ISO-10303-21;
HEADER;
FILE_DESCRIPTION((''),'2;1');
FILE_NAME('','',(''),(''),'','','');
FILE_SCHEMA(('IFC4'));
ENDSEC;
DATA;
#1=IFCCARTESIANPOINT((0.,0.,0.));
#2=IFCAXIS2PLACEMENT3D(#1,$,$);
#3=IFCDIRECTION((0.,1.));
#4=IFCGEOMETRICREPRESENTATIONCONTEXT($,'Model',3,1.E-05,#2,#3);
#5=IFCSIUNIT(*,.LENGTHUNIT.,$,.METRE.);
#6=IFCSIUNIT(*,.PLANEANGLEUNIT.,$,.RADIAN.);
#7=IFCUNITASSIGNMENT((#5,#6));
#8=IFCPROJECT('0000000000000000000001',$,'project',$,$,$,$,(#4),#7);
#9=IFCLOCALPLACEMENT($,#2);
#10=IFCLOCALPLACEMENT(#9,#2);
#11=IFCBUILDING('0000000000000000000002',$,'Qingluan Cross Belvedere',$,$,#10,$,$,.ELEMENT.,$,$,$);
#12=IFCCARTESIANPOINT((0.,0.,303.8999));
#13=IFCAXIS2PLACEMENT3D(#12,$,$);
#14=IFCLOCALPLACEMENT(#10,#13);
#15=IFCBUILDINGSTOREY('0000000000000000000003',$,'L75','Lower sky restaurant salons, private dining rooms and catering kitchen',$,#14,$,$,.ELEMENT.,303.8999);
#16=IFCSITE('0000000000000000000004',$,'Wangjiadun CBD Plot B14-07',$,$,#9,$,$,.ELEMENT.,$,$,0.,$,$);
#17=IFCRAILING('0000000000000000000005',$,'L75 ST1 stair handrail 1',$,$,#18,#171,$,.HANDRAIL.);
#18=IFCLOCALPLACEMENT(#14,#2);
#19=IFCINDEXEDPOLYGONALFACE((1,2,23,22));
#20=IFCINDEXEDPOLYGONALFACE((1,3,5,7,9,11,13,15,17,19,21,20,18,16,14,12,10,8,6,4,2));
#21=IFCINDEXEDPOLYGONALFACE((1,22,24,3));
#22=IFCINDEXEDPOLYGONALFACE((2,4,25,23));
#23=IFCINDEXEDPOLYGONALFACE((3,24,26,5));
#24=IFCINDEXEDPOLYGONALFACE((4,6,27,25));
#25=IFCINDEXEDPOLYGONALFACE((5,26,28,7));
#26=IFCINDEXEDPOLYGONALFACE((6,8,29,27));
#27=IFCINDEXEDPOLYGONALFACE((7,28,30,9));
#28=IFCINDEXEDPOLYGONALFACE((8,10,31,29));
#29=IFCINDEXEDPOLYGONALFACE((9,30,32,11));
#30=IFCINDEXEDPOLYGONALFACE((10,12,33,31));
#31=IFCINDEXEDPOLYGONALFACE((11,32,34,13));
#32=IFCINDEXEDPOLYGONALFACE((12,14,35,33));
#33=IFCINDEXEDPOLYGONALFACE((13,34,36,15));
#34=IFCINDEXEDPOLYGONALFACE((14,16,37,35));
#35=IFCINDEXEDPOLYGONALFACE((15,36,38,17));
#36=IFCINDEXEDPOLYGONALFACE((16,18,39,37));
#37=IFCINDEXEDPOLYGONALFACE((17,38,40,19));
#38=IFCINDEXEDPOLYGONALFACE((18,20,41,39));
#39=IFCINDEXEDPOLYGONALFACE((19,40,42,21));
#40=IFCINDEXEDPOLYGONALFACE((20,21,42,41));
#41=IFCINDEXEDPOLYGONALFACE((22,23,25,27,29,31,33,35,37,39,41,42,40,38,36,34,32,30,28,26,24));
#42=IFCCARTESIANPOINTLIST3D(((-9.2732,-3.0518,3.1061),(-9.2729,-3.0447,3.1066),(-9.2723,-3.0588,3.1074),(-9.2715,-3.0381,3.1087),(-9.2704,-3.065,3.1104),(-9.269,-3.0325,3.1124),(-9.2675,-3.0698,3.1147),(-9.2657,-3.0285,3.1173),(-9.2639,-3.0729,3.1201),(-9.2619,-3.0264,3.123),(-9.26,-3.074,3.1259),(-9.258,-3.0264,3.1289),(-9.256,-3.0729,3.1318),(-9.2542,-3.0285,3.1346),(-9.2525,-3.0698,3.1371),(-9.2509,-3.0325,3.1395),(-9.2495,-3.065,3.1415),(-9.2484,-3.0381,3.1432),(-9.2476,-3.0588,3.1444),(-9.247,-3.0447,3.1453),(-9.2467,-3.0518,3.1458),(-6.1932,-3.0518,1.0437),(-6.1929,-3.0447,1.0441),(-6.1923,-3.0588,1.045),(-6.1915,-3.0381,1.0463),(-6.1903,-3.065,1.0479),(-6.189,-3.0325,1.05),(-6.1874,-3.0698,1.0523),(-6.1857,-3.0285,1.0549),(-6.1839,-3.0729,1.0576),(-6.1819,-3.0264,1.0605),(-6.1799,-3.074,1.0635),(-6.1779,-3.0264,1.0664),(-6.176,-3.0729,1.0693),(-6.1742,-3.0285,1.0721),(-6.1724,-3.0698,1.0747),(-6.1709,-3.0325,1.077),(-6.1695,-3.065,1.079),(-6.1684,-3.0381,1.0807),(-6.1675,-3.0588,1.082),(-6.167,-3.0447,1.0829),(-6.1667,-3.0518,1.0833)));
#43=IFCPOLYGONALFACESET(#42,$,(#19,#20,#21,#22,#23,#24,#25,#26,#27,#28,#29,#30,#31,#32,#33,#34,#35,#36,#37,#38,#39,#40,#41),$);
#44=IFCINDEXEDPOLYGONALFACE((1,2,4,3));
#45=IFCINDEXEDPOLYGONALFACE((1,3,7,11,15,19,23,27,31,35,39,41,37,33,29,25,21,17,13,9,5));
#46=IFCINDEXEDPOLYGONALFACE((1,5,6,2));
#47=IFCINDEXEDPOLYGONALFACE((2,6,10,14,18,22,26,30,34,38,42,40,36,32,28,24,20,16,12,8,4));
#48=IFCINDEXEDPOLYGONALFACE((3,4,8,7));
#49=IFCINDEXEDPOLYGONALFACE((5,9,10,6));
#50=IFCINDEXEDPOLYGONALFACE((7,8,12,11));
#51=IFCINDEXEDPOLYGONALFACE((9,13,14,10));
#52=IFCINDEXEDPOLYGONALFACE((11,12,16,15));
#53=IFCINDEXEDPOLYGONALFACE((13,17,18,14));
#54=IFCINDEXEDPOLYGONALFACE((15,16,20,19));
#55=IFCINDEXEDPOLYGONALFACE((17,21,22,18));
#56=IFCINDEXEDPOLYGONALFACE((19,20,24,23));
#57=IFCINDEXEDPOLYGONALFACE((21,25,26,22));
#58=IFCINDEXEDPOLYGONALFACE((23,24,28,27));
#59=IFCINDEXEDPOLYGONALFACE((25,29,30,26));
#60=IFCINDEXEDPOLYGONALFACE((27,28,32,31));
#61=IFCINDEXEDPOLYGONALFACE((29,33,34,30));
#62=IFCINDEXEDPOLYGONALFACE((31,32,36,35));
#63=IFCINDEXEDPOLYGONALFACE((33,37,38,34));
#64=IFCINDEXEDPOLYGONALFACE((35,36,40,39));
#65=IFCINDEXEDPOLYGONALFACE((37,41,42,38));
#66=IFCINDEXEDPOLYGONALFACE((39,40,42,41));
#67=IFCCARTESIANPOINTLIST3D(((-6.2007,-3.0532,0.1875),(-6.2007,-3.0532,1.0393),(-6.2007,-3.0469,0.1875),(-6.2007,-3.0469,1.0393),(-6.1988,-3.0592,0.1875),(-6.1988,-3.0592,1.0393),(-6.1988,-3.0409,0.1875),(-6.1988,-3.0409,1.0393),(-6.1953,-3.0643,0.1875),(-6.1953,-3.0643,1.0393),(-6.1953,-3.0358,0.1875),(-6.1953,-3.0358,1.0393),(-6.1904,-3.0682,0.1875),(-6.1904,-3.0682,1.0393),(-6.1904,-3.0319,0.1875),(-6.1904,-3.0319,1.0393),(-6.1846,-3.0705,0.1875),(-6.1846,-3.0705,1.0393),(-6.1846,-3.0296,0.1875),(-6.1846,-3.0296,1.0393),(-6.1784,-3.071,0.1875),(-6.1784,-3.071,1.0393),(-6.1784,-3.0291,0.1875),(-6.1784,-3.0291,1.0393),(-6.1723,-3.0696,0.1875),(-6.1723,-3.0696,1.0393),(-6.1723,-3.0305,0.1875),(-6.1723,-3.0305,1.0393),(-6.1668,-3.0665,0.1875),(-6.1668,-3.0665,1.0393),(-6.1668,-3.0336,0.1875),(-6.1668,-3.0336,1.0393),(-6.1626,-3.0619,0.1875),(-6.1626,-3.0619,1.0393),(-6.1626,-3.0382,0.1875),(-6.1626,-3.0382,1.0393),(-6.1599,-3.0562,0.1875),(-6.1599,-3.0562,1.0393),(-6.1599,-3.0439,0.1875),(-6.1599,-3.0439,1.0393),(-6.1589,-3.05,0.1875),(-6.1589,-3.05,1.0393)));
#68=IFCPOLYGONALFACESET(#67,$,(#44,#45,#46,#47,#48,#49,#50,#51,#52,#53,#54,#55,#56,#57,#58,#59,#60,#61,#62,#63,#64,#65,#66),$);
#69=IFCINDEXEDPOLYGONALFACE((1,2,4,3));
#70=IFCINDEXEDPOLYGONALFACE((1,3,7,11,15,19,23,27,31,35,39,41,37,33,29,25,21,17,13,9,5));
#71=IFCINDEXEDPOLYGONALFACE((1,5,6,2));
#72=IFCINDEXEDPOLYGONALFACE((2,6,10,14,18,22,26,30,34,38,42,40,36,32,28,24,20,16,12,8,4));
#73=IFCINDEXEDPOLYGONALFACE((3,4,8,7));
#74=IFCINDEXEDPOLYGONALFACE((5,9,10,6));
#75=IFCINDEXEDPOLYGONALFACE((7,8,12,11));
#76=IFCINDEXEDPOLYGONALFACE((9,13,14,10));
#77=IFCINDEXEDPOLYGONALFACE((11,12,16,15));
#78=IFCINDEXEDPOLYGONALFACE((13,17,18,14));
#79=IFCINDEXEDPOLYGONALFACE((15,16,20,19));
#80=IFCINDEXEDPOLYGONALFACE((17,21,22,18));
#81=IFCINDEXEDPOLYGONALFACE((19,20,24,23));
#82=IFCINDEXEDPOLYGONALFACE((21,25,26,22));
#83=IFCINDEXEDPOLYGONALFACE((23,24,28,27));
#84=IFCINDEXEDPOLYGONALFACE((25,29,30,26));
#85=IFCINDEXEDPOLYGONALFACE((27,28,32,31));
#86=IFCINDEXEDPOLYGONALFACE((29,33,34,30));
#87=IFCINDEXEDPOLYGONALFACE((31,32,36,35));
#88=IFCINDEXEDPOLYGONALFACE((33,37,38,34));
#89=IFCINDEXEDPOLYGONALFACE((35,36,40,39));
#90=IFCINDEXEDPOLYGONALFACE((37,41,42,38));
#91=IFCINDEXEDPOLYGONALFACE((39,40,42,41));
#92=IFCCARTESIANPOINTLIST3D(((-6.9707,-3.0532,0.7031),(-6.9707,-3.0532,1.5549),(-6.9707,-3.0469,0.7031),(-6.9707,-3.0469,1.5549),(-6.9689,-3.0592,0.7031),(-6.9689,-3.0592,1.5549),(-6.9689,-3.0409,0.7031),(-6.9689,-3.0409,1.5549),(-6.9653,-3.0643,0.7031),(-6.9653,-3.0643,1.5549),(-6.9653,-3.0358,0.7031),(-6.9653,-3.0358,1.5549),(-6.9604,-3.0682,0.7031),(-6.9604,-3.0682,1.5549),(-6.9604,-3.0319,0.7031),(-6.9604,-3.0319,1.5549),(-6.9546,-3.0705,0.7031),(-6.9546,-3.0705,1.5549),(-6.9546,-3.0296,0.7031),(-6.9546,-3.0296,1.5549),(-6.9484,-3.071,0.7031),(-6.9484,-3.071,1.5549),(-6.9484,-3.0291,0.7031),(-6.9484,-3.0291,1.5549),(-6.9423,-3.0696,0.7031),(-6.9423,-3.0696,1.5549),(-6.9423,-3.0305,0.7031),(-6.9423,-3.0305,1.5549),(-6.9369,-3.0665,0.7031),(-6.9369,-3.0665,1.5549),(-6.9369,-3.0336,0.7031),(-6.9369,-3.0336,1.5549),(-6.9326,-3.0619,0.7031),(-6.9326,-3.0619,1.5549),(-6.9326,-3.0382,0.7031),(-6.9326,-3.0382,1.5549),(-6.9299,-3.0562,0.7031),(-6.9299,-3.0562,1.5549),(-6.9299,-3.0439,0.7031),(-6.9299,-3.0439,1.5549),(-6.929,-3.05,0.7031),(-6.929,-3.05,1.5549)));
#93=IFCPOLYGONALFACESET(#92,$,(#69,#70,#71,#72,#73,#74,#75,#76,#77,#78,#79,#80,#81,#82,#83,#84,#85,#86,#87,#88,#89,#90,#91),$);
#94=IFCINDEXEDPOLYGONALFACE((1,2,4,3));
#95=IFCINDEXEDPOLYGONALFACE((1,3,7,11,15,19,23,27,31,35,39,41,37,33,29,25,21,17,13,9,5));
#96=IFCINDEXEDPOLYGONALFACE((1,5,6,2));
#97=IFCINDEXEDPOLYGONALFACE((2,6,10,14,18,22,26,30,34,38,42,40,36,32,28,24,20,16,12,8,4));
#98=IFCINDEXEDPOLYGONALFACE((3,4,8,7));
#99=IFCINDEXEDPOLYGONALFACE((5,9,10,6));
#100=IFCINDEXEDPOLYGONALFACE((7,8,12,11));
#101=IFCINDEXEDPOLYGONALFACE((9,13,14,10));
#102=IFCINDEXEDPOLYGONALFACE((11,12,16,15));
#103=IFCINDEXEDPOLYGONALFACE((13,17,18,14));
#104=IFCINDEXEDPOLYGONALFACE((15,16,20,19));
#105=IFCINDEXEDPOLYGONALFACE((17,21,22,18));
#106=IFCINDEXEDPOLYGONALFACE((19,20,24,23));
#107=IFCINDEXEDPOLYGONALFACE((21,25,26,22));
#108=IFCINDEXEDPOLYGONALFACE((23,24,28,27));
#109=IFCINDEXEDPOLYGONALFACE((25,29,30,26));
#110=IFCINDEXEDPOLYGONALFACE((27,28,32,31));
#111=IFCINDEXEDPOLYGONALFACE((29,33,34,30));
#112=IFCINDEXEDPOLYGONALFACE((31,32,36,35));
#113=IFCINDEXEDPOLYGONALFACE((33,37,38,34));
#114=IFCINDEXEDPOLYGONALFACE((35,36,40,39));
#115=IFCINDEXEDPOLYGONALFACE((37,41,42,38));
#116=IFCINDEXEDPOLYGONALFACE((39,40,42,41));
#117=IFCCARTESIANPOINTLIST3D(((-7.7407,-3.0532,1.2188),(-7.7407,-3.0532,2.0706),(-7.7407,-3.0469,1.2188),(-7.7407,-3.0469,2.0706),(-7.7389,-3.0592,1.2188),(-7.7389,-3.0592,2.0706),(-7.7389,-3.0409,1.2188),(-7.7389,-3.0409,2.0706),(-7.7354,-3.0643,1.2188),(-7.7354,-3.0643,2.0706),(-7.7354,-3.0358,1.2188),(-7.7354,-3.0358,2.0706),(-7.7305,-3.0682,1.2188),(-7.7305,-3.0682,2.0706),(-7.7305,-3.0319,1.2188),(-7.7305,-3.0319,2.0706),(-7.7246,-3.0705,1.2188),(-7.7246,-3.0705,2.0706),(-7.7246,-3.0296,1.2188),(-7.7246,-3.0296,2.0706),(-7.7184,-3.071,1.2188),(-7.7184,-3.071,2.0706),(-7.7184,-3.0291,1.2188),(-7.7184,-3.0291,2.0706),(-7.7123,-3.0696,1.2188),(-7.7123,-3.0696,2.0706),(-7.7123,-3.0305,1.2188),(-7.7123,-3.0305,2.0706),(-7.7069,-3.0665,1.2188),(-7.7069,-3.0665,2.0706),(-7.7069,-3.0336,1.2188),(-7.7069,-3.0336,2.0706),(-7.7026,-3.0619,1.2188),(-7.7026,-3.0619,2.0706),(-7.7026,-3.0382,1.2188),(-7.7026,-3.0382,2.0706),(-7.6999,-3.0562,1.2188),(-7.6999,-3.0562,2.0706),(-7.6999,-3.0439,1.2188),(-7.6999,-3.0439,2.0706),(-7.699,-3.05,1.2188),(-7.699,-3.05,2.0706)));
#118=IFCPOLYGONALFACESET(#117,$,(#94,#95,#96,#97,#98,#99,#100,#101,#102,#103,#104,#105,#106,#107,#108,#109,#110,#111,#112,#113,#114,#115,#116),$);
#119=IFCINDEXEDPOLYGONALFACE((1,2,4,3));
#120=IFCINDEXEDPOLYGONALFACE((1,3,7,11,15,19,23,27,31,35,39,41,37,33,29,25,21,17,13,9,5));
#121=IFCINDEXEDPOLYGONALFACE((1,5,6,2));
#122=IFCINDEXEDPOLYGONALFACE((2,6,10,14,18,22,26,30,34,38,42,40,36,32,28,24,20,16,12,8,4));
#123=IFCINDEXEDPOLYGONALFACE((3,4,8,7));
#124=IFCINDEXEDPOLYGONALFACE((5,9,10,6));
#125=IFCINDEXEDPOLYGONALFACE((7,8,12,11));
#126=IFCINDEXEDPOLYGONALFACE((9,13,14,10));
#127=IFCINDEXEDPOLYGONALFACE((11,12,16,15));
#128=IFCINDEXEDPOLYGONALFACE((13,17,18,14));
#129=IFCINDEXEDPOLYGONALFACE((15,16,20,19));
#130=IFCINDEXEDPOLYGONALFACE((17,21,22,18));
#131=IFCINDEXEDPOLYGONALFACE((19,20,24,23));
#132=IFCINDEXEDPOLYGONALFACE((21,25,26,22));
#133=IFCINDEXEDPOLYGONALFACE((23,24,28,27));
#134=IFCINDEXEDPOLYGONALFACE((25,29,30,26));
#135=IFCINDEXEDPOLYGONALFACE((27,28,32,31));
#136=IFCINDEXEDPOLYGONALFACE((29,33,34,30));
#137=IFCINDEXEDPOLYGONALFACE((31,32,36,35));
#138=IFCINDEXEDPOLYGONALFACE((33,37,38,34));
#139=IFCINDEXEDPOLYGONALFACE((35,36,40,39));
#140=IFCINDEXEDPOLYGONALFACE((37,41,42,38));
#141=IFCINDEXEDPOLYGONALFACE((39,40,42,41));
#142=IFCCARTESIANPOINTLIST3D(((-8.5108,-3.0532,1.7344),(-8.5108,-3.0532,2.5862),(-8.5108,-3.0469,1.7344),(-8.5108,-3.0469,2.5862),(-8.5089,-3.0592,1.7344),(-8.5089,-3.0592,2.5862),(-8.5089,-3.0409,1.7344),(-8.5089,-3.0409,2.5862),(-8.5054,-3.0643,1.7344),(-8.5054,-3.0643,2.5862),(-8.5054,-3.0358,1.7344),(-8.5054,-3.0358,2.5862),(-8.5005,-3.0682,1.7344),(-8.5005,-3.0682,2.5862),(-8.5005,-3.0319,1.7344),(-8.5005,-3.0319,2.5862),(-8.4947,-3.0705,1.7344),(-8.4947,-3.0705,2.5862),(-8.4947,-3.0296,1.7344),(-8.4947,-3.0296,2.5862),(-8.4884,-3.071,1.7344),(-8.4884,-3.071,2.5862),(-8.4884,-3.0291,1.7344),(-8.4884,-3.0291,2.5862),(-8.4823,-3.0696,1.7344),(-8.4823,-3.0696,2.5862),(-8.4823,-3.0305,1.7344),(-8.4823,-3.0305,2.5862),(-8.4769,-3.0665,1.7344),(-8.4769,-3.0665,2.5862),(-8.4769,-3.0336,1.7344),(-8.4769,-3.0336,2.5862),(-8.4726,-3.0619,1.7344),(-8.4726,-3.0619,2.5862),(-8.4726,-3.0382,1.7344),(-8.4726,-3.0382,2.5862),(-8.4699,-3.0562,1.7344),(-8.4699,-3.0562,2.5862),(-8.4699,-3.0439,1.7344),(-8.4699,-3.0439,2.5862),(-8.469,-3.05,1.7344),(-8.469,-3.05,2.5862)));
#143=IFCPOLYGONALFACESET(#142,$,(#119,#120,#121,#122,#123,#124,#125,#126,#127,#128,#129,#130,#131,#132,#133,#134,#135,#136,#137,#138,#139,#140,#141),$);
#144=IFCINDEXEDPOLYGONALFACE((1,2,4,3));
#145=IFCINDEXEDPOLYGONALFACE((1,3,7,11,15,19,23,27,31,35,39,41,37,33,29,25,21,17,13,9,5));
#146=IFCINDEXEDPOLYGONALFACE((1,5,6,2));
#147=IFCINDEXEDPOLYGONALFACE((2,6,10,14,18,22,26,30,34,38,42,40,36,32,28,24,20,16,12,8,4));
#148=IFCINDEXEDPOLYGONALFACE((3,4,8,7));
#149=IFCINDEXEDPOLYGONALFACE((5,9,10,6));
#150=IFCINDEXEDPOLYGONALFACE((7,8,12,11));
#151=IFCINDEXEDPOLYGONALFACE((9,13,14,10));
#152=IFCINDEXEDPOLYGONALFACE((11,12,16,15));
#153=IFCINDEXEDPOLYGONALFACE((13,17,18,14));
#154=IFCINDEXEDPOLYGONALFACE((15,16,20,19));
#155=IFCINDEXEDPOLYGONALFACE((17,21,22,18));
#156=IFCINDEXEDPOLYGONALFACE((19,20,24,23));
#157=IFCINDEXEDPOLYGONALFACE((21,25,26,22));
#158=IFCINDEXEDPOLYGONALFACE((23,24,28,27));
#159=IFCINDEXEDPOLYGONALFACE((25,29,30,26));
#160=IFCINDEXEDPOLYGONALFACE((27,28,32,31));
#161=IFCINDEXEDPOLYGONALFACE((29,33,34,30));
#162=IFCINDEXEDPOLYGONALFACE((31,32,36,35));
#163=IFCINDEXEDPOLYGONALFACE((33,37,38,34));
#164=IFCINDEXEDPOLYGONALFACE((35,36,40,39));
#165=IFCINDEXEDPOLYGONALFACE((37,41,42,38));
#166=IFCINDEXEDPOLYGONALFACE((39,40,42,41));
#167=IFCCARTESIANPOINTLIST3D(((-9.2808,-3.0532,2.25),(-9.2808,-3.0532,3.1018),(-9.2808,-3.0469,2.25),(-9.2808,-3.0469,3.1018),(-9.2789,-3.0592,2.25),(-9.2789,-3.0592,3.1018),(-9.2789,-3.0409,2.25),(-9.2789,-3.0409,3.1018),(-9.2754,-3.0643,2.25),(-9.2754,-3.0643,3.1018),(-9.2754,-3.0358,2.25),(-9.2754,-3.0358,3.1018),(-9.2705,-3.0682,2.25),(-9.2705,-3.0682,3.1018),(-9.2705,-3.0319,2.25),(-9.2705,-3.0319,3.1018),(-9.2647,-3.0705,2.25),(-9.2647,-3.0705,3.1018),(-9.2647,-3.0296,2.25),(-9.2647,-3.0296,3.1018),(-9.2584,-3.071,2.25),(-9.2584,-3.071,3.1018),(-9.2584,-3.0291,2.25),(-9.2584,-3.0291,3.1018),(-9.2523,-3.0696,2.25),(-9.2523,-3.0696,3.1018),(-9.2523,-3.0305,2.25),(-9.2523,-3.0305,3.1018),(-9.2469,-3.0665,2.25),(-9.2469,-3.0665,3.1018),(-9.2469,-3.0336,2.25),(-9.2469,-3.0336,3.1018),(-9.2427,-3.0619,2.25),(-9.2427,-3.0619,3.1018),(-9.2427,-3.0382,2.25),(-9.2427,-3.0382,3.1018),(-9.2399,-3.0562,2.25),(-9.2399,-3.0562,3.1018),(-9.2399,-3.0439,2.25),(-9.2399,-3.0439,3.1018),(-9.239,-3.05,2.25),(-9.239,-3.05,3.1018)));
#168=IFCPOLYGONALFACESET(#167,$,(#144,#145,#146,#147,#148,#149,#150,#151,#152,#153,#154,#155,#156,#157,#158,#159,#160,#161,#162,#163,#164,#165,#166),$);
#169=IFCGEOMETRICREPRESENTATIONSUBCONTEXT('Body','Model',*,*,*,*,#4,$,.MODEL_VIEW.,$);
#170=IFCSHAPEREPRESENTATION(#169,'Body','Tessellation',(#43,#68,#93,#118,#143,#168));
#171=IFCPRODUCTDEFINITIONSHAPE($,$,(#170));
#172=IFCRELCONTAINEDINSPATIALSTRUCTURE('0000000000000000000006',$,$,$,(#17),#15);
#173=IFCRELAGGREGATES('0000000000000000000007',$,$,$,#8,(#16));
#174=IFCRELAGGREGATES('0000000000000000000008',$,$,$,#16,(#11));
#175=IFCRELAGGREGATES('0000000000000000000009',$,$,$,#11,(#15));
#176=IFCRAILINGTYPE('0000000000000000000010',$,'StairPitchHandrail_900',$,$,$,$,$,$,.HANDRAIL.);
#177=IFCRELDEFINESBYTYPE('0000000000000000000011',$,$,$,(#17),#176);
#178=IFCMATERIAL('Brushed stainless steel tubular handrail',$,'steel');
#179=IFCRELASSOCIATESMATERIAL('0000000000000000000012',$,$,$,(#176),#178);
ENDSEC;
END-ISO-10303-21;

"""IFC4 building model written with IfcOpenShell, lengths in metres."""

from ifc_helpers import new_model, si_unit, direction, frame, origin, origin_2d, place, context, subcontext, project, spatial, circle, extrude, material, type_object, element, save


model = new_model("IFC4")

# Units and contexts
model_context = context("Model", 3, precision=1e-05, world=origin(), true_north=direction((0.0, 1.0)))
body_context = subcontext(model_context, "Body", "Model", "MODEL_VIEW")
ifc_project = project(units=[si_unit("LENGTHUNIT", "METRE"), si_unit("PLANEANGLEUNIT", "RADIAN")], contexts=[model_context])

# Site, building, storey
site_placement = place(None, origin())
site = spatial("IfcSite", under=ifc_project, at=site_placement, Name="Wangjiadun CBD Plot B14-07", CompositionType="ELEMENT", RefElevation=0.0)
building_placement = place(site_placement, origin())
building = spatial("IfcBuilding", under=site, at=building_placement, Name="Qingluan Cross Belvedere", CompositionType="ELEMENT")
storey_placement = place(building_placement, frame((0.0, 0.0, 303.8999)))
storey = spatial("IfcBuildingStorey", under=building, at=storey_placement, Name="L75", Description="Lower sky restaurant salons, private dining rooms and catering kitchen", CompositionType="ELEMENT", Elevation=303.8999)

# Railing
ifc_material_1 = material(Name="Brushed stainless steel tubular handrail", Category="steel")
railing_type_1 = type_object("IfcRailingType", Name="StairPitchHandrail_900", PredefinedType="HANDRAIL", material=ifc_material_1)
railing_1_placement = place(storey_placement, frame((-6.1799, -3.05, 0.1875)))
element("IfcRailing", 1, at=railing_1_placement, inside=storey, type_object=railing_type_1, Name="L75 ST1 stair handrail 1", PredefinedType="HANDRAIL", context=body_context, shape_type="SweptSolid", body=[
    extrude(circle(Radius=0.0239, at=origin_2d()), frame((0.0, 0.0, 0.876), z_axis=(-0.830914, 0.0, 0.556401), x_axis=(0.0, -1.0, 0.0)), (0.0, 0.0, 1.0), 3.7068),
    extrude(circle(Radius=0.021, at=origin_2d()), origin(), (0.0, 0.0, 1.0), 0.8518),
    extrude(circle(Radius=0.021, at=origin_2d()), frame((-0.77, 0.0, 0.5156)), (0.0, 0.0, 1.0), 0.8518),
    extrude(circle(Radius=0.021, at=origin_2d()), frame((-1.54, 0.0, 1.0312)), (0.0, 0.0, 1.0), 0.8518),
    extrude(circle(Radius=0.021, at=origin_2d()), frame((-2.3101, 0.0, 1.5469)), (0.0, 0.0, 1.0), 0.8518),
    extrude(circle(Radius=0.021, at=origin_2d()), frame((-3.0801, 0.0, 2.0625)), (0.0, 0.0, 1.0), 0.8518),
])

save(model, "model.ifc")
